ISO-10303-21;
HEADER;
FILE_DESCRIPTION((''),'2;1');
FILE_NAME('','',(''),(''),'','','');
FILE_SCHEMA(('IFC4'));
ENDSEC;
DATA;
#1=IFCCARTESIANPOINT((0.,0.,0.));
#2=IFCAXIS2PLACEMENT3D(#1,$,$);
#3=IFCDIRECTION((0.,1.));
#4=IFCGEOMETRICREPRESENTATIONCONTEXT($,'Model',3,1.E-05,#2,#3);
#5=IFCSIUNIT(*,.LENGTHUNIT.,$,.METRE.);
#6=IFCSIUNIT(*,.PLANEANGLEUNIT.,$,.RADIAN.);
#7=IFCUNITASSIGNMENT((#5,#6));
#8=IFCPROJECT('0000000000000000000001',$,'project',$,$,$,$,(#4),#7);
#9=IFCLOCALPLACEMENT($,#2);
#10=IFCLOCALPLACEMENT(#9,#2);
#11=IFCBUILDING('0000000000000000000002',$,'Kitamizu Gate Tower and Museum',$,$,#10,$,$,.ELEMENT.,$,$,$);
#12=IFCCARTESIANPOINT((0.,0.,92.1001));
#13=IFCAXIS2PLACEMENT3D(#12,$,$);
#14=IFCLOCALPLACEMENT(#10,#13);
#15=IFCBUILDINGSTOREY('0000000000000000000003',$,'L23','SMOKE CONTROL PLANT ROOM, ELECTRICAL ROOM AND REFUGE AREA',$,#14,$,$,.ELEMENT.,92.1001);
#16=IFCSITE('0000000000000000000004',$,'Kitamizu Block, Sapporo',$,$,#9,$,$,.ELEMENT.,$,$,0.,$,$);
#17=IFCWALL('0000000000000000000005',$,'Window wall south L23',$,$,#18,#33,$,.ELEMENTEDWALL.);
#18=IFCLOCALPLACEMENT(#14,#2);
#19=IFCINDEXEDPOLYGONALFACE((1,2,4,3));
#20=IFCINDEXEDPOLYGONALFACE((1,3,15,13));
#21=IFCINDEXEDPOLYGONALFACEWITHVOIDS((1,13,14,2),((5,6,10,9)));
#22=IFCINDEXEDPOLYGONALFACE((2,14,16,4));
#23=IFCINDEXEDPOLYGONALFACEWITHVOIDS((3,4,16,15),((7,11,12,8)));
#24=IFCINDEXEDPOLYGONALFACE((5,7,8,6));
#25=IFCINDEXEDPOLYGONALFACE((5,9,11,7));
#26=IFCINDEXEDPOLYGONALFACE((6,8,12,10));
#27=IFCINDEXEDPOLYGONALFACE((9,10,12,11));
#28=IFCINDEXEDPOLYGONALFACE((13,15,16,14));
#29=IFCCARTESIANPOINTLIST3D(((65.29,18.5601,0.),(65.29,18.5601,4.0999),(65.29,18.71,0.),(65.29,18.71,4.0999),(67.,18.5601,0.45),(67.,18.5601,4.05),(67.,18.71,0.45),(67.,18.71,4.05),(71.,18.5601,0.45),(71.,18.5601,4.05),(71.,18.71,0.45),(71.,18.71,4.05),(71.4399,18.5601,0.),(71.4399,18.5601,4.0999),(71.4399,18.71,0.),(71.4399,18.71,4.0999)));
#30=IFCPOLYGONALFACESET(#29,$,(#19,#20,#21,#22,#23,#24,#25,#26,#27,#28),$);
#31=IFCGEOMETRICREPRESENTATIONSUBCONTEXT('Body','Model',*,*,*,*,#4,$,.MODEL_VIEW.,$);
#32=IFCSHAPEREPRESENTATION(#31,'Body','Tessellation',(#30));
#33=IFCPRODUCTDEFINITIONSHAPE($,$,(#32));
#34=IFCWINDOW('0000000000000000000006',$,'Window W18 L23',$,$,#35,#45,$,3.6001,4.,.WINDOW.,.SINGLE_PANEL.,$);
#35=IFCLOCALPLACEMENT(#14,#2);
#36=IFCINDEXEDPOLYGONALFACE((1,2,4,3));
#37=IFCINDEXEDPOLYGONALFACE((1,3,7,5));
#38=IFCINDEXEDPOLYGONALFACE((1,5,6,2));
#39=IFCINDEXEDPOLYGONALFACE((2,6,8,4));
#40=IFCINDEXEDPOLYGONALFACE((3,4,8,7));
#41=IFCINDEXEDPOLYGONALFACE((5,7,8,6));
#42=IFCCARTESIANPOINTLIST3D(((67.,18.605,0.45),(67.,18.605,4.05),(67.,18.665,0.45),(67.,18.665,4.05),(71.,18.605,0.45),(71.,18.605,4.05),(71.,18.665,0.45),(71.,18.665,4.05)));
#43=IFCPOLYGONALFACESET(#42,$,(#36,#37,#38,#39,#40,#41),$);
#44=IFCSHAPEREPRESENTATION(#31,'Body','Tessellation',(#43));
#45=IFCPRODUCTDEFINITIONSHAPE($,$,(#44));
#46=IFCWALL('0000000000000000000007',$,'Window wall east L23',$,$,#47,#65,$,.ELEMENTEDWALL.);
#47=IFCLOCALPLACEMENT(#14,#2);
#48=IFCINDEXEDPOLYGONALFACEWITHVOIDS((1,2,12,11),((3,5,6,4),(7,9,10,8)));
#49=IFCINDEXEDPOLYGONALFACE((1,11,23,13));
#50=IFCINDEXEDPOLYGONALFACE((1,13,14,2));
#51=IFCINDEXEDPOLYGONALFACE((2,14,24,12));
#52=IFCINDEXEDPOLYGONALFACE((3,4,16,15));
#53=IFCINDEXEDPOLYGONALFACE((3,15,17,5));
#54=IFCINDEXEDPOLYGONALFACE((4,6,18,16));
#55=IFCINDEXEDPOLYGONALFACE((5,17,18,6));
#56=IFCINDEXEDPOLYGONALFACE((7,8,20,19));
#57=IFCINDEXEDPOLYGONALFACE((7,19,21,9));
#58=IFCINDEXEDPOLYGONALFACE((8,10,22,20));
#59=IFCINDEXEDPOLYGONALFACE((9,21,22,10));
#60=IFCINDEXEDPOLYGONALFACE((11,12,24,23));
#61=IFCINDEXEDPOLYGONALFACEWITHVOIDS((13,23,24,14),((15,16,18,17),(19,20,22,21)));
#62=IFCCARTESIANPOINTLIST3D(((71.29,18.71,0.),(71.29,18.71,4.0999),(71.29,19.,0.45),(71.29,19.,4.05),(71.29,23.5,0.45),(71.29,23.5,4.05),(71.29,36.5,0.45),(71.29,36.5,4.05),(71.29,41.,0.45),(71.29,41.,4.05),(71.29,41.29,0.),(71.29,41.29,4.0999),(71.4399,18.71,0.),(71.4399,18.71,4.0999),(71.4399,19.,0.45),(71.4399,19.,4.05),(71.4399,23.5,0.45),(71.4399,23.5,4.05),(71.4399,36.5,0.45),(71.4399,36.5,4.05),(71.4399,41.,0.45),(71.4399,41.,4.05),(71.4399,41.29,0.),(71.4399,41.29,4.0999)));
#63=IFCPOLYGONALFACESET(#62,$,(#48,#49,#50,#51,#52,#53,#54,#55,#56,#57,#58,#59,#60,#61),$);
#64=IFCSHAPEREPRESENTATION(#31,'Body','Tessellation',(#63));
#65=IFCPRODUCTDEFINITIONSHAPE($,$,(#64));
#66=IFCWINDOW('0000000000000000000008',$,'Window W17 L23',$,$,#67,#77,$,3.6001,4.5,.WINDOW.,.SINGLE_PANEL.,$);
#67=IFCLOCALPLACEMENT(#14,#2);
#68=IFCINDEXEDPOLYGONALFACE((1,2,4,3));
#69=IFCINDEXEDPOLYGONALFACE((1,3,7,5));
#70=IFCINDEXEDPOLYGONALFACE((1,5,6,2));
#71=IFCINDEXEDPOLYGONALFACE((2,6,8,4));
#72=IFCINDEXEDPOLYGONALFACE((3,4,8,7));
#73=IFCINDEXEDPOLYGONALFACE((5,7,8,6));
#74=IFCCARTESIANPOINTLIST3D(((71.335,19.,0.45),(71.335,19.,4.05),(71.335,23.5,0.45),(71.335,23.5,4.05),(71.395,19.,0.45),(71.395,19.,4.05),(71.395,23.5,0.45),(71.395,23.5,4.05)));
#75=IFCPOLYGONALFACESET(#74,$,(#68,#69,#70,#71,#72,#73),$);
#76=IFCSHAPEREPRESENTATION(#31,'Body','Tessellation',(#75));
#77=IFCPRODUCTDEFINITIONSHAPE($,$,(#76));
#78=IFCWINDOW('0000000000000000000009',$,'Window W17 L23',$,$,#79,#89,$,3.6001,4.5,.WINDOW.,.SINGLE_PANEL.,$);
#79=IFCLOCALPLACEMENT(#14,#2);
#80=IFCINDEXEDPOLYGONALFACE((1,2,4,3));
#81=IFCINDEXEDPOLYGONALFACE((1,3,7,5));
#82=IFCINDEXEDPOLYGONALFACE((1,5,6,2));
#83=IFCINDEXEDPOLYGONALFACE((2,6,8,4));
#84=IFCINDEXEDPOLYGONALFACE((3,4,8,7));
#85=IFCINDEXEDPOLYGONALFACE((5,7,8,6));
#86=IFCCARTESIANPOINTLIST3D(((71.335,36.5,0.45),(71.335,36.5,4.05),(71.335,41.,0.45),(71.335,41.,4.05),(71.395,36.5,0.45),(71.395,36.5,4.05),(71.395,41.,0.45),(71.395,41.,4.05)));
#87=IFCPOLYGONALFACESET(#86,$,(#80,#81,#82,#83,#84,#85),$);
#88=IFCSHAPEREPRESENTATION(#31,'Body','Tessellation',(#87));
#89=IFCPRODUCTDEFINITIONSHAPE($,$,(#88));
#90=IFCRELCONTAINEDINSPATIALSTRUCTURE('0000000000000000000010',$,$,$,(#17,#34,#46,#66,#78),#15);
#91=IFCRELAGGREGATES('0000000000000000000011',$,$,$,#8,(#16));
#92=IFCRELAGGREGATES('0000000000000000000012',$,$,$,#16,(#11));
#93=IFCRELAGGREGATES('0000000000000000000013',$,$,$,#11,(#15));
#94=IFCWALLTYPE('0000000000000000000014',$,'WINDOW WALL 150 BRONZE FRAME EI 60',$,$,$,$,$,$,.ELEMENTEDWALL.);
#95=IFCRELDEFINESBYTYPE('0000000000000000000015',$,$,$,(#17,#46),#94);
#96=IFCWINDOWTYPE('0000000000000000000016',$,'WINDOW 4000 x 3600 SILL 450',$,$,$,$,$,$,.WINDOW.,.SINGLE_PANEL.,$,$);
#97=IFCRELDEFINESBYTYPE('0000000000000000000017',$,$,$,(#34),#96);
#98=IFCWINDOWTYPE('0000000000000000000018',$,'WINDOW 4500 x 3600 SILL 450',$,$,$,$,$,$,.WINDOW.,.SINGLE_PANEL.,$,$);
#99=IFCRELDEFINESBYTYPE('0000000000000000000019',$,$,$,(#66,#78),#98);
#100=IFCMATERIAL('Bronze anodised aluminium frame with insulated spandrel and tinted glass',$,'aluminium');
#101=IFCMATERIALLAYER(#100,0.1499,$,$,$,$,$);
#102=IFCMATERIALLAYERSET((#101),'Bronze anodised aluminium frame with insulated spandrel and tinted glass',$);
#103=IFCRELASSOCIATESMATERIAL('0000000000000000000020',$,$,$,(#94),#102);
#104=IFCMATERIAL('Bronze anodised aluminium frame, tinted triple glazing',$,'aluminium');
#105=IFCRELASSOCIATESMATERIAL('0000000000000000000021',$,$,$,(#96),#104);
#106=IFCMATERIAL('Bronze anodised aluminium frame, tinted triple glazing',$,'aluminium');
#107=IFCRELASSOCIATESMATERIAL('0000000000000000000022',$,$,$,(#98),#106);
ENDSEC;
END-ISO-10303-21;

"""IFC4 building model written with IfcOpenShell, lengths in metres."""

from ifc_helpers import new_model, si_unit, direction, frame, frame_2d, origin, place, context, subcontext, project, spatial, rectangle, extrude, material, layer, layer_set, type_object, element, fill, save


model = new_model("IFC4")

# Units and contexts
model_context = context("Model", 3, precision=1e-05, world=origin(), true_north=direction((0.0, 1.0)))
body_context = subcontext(model_context, "Body", "Model", "MODEL_VIEW")
ifc_project = project(units=[si_unit("LENGTHUNIT", "METRE"), si_unit("PLANEANGLEUNIT", "RADIAN")], contexts=[model_context])

# Site, building, storey
site_placement = place(None, origin())
site = spatial("IfcSite", under=ifc_project, at=site_placement, Name="Kitamizu Block, Sapporo", CompositionType="ELEMENT", RefElevation=0.0)
building_placement = place(site_placement, origin())
building = spatial("IfcBuilding", under=site, at=building_placement, Name="Kitamizu Gate Tower and Museum", CompositionType="ELEMENT")
storey_placement = place(building_placement, frame((0.0, 0.0, 92.1001)))
storey = spatial("IfcBuildingStorey", under=building, at=storey_placement, Name="L23", Description="SMOKE CONTROL PLANT ROOM, ELECTRICAL ROOM AND REFUGE AREA", CompositionType="ELEMENT", Elevation=92.1001)

# Wall, opening, window
ifc_material_1 = material(Name="Bronze anodised aluminium frame with insulated spandrel and tinted glass", Category="aluminium")
ifc_layer_1 = layer(ifc_material_1, 0.1499)
ifc_layer_set_1 = layer_set([ifc_layer_1], Name="Bronze anodised aluminium frame with insulated spandrel and tinted glass")
wall_type_1 = type_object("IfcWallType", Name="WINDOW WALL 150 BRONZE FRAME EI 60", PredefinedType="ELEMENTEDWALL", material=ifc_layer_set_1)
wall_1_placement = place(storey_placement, frame((65.29, 18.635, 0.0), z_axis=(0.0, 0.0, 1.0), x_axis=(1.0, 0.0, 0.0)))
wall_1 = element("IfcWall", 1, at=wall_1_placement, inside=storey, type_object=wall_type_1, Name="Window wall south L23", PredefinedType="ELEMENTEDWALL", context=body_context, shape_type="SweptSolid", body=[
    extrude(rectangle(XDim=6.1499, YDim=0.1499, at=frame_2d((3.075, 0.0))), origin(), (0.0, 0.0, 1.0), 4.0999),
])
opening_1_placement = place(wall_1_placement, frame((1.71, 0.0, 0.45)))
opening_1 = element("IfcOpeningElement", 2, at=opening_1_placement, cuts=wall_1, PredefinedType="OPENING", context=body_context, shape_type="SweptSolid", body=[
    extrude(rectangle(XDim=4.0, YDim=3.6001, at=frame_2d((2.0, 1.8))), frame((0.0, 0.085, 0.0), z_axis=(0.0, -1.0, 0.0), x_axis=(1.0, 0.0, 0.0)), (0.0, 0.0, 1.0), 0.1699),
])
ifc_material_2 = material(Name="Bronze anodised aluminium frame, tinted triple glazing", Category="aluminium")
window_type_1 = type_object("IfcWindowType", Name="WINDOW 4000 x 3600 SILL 450", PartitioningType="SINGLE_PANEL", PredefinedType="WINDOW", material=ifc_material_2)
window_1_placement = place(opening_1_placement, origin())
window_1 = element("IfcWindow", 3, at=window_1_placement, inside=storey, type_object=window_type_1, Name="Window W18 L23", OverallHeight=3.6001, OverallWidth=4.0, PartitioningType="SINGLE_PANEL", PredefinedType="WINDOW", context=body_context, shape_type="SweptSolid", body=[
    extrude(rectangle(XDim=4.0, YDim=3.6001, at=frame_2d((2.0, 1.8))), frame((0.0, 0.03, 0.0), z_axis=(0.0, -1.0, 0.0), x_axis=(1.0, 0.0, 0.0)), (0.0, 0.0, 1.0), 0.0601),
])
fill(opening_1, window_1)

# Wall, openings, windows
wall_2_placement = place(storey_placement, frame((71.365, 18.71, 0.0), z_axis=(0.0, 0.0, 1.0), x_axis=(0.0, 1.0, 0.0)))
wall_2 = element("IfcWall", 4, at=wall_2_placement, inside=storey, type_object=wall_type_1, Name="Window wall east L23", PredefinedType="ELEMENTEDWALL", context=body_context, shape_type="SweptSolid", body=[
    extrude(rectangle(XDim=22.5801, YDim=0.1499, at=frame_2d((11.29, 0.0))), origin(), (0.0, 0.0, 1.0), 4.0999),
])
opening_2_placement = place(wall_2_placement, frame((0.29, 0.0, 0.45)))
opening_2 = element("IfcOpeningElement", 5, at=opening_2_placement, cuts=wall_2, PredefinedType="OPENING", context=body_context, shape_type="SweptSolid", body=[
    extrude(rectangle(XDim=4.5, YDim=3.6001, at=frame_2d((2.25, 1.8))), frame((0.0, 0.085, 0.0), z_axis=(0.0, -1.0, 0.0), x_axis=(1.0, 0.0, 0.0)), (0.0, 0.0, 1.0), 0.1699),
])
opening_3_placement = place(wall_2_placement, frame((17.79, 0.0, 0.45)))
opening_3 = element("IfcOpeningElement", 6, at=opening_3_placement, cuts=wall_2, PredefinedType="OPENING", context=body_context, shape_type="SweptSolid", body=[
    extrude(rectangle(XDim=4.5, YDim=3.6001, at=frame_2d((2.25, 1.8))), frame((0.0, 0.085, 0.0), z_axis=(0.0, -1.0, 0.0), x_axis=(1.0, 0.0, 0.0)), (0.0, 0.0, 1.0), 0.1699),
])
ifc_material_3 = material(Name="Bronze anodised aluminium frame, tinted triple glazing", Category="aluminium")
window_type_2 = type_object("IfcWindowType", Name="WINDOW 4500 x 3600 SILL 450", PartitioningType="SINGLE_PANEL", PredefinedType="WINDOW", material=ifc_material_3)
window_2_placement = place(opening_2_placement, origin())
window_2 = element("IfcWindow", 7, at=window_2_placement, inside=storey, type_object=window_type_2, Name="Window W17 L23", OverallHeight=3.6001, OverallWidth=4.5, PartitioningType="SINGLE_PANEL", PredefinedType="WINDOW", context=body_context, shape_type="SweptSolid", body=[
    extrude(rectangle(XDim=4.5, YDim=3.6001, at=frame_2d((2.25, 1.8))), frame((0.0, 0.03, 0.0), z_axis=(0.0, -1.0, 0.0), x_axis=(1.0, 0.0, 0.0)), (0.0, 0.0, 1.0), 0.0601),
])
fill(opening_2, window_2)
window_3_placement = place(opening_3_placement, origin())
window_3 = element("IfcWindow", 8, at=window_3_placement, inside=storey, type_object=window_type_2, Name="Window W17 L23", OverallHeight=3.6001, OverallWidth=4.5, PartitioningType="SINGLE_PANEL", PredefinedType="WINDOW", context=body_context, shape_type="SweptSolid", body=[
    extrude(rectangle(XDim=4.5, YDim=3.6001, at=frame_2d((2.25, 1.8))), frame((0.0, 0.03, 0.0), z_axis=(0.0, -1.0, 0.0), x_axis=(1.0, 0.0, 0.0)), (0.0, 0.0, 1.0), 0.0601),
])
fill(opening_3, window_3)

save(model, "model.ifc")
